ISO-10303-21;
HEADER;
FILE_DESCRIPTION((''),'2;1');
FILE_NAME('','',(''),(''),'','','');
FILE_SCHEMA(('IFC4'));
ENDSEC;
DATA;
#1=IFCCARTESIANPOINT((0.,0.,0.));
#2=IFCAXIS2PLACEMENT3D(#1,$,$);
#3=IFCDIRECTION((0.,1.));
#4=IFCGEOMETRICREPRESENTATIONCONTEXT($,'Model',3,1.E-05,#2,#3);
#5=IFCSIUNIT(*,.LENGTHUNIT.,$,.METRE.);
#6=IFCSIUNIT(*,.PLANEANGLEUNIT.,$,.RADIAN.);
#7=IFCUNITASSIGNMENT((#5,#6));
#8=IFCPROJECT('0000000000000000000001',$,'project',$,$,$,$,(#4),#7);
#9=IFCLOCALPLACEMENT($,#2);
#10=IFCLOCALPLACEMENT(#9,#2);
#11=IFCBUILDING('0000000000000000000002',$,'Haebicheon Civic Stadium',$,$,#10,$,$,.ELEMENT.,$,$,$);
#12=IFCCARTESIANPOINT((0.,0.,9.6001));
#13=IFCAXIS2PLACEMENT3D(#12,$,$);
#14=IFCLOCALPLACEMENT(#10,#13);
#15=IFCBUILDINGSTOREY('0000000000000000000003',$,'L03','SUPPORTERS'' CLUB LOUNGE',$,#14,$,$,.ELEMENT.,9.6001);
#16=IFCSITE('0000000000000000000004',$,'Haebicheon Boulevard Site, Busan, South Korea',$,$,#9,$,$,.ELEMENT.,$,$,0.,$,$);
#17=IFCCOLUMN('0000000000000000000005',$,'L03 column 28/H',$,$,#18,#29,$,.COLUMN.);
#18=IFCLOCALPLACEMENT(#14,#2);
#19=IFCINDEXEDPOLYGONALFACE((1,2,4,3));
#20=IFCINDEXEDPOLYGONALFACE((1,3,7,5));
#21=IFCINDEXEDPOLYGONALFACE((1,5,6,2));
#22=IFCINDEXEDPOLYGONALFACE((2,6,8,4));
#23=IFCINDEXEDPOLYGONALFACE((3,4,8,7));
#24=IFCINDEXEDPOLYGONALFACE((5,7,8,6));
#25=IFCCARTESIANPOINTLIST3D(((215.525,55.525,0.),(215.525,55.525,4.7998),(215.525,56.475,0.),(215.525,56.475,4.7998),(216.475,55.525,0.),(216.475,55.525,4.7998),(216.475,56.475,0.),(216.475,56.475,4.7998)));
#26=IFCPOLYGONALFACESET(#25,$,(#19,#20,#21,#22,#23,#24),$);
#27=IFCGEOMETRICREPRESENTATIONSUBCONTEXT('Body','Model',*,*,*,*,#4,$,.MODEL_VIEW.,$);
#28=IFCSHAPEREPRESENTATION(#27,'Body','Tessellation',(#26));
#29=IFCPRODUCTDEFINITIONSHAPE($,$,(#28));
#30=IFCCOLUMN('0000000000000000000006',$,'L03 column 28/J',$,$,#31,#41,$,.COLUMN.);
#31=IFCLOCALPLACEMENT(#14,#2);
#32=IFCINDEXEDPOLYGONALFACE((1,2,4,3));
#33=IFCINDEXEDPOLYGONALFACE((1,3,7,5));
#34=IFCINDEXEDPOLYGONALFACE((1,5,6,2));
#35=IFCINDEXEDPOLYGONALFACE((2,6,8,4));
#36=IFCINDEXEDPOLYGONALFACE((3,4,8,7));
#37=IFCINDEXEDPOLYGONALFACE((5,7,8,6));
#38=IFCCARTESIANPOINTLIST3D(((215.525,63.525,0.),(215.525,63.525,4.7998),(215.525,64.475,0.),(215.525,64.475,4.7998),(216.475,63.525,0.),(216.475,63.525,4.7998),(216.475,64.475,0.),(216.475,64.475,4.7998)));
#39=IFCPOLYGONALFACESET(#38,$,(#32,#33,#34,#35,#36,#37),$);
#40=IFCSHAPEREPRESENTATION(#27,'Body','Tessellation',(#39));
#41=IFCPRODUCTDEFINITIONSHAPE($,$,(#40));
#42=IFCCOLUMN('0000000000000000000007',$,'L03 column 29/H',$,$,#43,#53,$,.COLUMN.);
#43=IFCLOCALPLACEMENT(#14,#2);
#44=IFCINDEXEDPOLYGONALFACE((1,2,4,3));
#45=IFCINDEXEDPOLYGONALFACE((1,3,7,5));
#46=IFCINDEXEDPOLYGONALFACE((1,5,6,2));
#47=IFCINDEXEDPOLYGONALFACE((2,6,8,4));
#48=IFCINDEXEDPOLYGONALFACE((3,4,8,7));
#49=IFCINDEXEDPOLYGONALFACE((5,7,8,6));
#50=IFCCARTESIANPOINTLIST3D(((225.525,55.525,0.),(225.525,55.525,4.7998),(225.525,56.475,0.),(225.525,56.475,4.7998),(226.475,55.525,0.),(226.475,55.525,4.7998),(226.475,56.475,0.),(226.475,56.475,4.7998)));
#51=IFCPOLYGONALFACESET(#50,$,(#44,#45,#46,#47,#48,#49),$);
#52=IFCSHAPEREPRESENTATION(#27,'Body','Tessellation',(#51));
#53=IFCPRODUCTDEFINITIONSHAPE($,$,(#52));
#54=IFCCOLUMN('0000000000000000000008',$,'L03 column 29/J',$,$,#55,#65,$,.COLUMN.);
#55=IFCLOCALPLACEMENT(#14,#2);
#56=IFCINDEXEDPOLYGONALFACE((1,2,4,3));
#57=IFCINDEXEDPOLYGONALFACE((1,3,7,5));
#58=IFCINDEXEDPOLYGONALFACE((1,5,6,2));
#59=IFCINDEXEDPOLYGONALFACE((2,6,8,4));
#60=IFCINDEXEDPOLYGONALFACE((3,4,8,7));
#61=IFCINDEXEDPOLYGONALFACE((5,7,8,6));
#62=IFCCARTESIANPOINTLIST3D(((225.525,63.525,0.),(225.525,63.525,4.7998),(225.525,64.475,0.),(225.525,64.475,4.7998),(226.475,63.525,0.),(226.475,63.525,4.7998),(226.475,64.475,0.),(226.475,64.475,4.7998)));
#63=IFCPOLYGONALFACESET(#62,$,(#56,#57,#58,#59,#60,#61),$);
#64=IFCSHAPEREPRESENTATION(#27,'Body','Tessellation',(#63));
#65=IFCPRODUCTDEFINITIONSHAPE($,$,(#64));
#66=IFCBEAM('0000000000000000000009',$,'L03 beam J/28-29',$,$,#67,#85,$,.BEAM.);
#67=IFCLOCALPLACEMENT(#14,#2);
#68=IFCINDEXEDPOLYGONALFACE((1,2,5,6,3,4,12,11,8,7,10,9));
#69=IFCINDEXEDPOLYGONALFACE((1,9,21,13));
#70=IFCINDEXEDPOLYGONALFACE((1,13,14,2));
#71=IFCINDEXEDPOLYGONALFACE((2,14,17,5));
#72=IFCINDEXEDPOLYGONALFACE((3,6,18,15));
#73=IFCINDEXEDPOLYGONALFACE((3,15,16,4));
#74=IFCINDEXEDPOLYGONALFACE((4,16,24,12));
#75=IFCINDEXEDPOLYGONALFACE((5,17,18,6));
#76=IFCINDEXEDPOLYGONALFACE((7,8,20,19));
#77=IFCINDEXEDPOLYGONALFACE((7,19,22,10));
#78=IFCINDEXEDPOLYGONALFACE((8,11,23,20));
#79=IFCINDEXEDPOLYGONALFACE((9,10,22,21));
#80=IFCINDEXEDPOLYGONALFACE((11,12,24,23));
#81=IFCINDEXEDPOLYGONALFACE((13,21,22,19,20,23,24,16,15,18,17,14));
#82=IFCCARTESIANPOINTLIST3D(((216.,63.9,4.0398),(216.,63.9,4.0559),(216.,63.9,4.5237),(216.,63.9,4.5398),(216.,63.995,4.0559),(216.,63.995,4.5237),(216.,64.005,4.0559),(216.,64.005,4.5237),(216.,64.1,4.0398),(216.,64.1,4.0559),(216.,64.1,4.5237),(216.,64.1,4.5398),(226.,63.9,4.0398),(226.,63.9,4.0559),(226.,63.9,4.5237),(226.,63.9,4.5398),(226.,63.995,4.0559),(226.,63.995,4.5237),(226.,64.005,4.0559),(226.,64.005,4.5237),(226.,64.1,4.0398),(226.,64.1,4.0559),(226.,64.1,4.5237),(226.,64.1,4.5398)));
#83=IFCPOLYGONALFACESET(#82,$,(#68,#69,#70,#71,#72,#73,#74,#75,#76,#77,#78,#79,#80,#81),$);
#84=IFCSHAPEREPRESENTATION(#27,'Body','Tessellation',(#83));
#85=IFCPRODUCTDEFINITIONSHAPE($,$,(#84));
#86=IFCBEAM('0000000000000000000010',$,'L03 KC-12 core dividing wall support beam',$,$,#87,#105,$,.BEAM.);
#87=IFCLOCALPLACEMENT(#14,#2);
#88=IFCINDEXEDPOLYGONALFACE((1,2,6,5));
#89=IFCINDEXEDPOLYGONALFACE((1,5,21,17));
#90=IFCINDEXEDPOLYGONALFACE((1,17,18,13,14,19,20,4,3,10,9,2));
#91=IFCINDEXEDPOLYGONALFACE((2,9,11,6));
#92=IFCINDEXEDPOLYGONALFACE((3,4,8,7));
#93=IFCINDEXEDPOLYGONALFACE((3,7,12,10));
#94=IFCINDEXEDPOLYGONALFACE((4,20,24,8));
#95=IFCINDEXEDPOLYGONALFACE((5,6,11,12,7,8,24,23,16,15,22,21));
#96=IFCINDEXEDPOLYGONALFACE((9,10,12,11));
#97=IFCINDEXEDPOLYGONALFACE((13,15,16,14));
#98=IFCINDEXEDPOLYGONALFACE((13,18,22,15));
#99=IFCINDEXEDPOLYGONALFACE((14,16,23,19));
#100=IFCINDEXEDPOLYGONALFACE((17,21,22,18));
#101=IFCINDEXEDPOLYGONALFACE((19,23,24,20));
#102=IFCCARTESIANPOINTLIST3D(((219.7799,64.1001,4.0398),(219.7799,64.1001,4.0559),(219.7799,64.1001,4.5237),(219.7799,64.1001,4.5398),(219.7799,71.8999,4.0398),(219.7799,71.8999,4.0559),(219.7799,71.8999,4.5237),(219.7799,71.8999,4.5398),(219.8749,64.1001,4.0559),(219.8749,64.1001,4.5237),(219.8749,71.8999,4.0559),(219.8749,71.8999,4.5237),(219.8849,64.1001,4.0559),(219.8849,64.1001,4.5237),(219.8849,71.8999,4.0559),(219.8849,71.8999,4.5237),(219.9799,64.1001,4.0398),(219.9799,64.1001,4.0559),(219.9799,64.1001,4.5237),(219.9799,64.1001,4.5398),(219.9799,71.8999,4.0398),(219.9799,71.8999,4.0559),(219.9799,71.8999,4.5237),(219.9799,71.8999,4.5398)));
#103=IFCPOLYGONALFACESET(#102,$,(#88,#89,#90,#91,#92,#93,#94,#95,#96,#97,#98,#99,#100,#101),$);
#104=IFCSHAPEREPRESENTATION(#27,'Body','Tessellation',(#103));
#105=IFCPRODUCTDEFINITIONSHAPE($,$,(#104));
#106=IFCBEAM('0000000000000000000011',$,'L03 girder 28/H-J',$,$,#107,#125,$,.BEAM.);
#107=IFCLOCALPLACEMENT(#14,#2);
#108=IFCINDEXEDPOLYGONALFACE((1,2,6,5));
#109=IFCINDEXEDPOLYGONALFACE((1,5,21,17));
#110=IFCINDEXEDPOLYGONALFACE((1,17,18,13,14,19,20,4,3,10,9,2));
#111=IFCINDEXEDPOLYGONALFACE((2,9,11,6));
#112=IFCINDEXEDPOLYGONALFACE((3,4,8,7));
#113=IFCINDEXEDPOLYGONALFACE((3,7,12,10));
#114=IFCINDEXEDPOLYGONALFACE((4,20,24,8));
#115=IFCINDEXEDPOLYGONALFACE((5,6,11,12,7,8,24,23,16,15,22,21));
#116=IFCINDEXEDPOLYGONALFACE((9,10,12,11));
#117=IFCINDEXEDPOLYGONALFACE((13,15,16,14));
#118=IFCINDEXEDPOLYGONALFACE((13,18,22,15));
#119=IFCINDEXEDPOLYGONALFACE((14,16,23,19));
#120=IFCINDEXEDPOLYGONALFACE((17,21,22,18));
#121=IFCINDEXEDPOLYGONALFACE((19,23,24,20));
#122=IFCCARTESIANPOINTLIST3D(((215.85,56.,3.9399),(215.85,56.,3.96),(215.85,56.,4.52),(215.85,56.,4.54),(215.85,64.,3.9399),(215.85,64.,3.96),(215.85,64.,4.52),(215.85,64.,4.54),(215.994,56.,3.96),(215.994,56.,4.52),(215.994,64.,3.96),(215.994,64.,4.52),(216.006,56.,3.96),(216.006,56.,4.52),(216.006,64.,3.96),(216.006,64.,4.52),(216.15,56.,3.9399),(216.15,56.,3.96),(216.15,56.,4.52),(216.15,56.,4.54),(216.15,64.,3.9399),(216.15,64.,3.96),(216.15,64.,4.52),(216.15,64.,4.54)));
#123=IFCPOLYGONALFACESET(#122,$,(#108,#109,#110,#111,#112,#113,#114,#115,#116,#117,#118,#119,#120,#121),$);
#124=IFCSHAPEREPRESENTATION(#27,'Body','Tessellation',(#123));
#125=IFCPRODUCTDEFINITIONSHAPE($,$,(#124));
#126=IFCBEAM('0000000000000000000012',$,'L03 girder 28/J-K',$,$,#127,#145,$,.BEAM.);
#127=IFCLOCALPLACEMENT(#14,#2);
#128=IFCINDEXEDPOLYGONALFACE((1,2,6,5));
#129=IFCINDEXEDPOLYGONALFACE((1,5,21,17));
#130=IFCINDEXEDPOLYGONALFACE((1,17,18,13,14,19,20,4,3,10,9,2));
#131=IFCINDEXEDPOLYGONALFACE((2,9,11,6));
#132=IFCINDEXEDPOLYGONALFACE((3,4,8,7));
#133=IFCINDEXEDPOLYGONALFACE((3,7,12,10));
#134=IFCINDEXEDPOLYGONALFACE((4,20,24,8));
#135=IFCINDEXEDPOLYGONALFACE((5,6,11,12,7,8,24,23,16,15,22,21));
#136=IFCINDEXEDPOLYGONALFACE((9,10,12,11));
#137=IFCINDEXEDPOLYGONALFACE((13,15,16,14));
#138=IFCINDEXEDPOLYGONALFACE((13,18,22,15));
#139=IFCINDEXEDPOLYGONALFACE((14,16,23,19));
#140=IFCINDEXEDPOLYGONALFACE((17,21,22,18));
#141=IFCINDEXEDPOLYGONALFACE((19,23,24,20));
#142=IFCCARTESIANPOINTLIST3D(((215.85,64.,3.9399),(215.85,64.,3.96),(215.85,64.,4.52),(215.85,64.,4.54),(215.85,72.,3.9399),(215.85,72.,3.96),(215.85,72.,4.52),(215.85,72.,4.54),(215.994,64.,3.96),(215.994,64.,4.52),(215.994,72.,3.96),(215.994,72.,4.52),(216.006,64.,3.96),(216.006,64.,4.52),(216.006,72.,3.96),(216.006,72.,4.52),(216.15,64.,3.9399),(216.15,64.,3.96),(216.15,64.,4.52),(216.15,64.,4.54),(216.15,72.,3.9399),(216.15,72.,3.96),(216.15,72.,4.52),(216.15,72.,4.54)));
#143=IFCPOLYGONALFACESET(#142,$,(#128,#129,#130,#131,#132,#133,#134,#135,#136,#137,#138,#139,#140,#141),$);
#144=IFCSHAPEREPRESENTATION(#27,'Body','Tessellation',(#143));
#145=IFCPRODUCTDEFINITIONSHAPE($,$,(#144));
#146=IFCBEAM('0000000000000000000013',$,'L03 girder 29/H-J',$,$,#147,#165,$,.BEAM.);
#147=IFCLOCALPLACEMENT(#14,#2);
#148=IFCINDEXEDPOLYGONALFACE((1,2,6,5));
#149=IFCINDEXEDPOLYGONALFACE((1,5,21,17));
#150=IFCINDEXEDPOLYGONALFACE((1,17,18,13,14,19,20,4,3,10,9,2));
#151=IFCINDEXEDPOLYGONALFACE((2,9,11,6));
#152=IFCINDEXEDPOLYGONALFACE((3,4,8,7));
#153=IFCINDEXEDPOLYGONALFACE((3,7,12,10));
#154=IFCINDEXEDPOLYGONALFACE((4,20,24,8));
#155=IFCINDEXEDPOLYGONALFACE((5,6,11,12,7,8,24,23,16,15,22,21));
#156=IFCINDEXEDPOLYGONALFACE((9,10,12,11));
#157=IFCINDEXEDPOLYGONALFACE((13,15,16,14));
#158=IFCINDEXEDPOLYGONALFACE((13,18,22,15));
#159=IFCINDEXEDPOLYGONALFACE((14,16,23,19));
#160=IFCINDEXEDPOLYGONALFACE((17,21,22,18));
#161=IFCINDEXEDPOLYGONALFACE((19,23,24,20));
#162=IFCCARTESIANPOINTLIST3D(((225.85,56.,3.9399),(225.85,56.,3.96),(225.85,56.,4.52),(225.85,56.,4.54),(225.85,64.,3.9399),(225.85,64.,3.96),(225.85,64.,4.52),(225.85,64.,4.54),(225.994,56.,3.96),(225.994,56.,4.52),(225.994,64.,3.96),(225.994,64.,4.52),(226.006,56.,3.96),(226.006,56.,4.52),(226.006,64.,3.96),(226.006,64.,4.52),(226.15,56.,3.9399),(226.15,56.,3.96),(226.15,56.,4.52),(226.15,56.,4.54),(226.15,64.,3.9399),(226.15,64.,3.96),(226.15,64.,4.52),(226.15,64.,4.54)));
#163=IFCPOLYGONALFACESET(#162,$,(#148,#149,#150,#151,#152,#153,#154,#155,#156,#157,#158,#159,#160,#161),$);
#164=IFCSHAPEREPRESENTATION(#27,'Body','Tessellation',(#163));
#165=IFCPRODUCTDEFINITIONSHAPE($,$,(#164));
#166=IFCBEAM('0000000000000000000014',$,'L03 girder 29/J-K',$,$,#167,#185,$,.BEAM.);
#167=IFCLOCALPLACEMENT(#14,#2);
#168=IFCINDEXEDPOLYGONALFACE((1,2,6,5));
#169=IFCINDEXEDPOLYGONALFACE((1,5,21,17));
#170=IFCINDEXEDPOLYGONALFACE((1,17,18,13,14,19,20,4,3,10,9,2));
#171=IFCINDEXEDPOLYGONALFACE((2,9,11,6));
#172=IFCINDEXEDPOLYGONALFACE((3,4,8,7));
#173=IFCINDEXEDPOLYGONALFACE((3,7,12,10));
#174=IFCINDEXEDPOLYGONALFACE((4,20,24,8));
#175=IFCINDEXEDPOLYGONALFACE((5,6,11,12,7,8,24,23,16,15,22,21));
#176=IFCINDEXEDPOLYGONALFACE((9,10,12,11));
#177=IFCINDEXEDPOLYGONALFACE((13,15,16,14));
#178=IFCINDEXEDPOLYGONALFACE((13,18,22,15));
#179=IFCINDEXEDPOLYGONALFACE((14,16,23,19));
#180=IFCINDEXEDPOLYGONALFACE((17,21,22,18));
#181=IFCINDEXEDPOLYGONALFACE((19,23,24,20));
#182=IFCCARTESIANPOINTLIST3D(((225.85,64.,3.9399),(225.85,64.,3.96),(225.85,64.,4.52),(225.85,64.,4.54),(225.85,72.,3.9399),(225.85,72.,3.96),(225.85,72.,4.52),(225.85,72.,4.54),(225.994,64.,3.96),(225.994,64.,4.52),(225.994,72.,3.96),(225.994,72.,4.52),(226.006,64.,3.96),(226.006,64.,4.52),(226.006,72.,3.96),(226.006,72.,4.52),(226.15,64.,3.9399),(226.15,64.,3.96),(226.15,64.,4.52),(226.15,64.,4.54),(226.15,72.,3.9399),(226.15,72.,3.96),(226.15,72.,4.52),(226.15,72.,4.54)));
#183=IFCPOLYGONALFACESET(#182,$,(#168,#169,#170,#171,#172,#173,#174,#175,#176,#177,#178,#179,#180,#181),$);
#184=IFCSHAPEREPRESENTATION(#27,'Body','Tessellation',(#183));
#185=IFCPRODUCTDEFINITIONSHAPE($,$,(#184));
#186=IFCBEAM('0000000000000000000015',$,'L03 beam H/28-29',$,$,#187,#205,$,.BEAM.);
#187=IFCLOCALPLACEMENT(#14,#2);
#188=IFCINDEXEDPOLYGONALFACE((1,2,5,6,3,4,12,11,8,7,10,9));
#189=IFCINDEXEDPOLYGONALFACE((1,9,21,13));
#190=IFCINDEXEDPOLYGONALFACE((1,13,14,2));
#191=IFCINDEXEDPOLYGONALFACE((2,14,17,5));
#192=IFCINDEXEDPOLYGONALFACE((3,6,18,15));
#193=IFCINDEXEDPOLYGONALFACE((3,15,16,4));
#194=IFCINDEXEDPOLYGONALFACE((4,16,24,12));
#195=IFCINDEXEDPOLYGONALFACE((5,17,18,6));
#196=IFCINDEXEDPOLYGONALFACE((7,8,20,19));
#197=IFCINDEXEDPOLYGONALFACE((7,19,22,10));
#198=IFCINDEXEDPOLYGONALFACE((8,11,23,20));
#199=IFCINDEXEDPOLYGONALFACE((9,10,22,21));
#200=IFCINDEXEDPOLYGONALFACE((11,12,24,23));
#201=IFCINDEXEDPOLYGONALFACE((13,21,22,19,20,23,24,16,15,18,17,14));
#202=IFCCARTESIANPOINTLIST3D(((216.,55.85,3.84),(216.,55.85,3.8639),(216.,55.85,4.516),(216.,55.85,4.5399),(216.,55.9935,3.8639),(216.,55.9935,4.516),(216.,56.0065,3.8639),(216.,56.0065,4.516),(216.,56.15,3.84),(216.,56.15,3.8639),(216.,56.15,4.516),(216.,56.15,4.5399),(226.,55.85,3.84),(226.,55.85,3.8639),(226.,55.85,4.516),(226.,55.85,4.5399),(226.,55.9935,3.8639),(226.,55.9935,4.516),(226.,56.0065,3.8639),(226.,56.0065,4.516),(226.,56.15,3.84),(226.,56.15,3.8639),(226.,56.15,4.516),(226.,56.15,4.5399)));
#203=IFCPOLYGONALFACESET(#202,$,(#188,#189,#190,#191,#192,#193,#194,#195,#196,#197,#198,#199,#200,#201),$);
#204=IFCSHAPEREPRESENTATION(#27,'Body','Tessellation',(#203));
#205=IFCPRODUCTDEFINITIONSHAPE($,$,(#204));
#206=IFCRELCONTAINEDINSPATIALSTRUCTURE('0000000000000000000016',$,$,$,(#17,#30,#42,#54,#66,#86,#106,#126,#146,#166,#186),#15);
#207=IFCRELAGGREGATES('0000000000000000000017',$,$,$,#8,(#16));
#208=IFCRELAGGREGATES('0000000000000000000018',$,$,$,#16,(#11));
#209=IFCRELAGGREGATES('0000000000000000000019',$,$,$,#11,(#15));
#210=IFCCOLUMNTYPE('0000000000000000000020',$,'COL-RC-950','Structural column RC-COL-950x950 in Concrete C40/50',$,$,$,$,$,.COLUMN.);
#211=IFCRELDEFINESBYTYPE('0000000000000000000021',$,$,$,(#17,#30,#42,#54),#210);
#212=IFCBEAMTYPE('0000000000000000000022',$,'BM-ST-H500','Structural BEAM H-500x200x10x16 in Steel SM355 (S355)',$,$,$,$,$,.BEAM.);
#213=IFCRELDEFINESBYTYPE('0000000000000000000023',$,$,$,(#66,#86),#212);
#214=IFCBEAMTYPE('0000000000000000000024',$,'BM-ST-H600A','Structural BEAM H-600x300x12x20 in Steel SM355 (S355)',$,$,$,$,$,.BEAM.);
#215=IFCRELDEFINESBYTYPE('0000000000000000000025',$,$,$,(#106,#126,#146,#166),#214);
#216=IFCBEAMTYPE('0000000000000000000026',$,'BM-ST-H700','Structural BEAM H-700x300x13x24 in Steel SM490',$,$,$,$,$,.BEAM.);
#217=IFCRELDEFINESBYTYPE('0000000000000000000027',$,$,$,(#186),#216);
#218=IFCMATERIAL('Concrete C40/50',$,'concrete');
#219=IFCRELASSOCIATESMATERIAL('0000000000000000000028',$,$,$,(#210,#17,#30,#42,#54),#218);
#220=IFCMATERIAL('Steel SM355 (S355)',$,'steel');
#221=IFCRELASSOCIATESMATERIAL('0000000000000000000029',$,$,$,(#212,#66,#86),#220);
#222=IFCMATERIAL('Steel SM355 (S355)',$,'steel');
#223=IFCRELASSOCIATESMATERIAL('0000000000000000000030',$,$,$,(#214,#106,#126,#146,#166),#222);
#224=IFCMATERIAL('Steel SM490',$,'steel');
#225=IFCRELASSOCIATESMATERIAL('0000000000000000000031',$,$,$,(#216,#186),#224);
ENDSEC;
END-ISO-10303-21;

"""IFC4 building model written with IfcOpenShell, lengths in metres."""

from ifc_helpers import new_model, si_unit, direction, frame, origin, origin_2d, place, context, subcontext, project, spatial, rectangle, i_section, extrude, material, material_profile, profile_set, type_object, element, save


model = new_model("IFC4")

# Units and contexts
model_context = context("Model", 3, precision=1e-05, world=origin(), true_north=direction((0.0, 1.0)))
body_context = subcontext(model_context, "Body", "Model", "MODEL_VIEW")
ifc_project = project(units=[si_unit("LENGTHUNIT", "METRE"), si_unit("PLANEANGLEUNIT", "RADIAN")], contexts=[model_context])

# Site, building, storey
site_placement = place(None, origin())
site = spatial("IfcSite", under=ifc_project, at=site_placement, Name="Haebicheon Boulevard Site, Busan, South Korea", CompositionType="ELEMENT", RefElevation=0.0)
building_placement = place(site_placement, origin())
building = spatial("IfcBuilding", under=site, at=building_placement, Name="Haebicheon Civic Stadium", CompositionType="ELEMENT")
storey_placement = place(building_placement, frame((0.0, 0.0, 9.6001)))
storey = spatial("IfcBuildingStorey", under=building, at=storey_placement, Name="L03", Description="SUPPORTERS' CLUB LOUNGE", CompositionType="ELEMENT", Elevation=9.6001)

# Columns
ifc_material_1 = material(Name="Concrete C40/50", Category="concrete")
ifc_material_profile_1 = material_profile(ifc_material_1, rectangle(XDim=0.95, YDim=0.95, at=origin_2d()), Name="RC-COL-950x950")
ifc_profile_set_1 = profile_set([ifc_material_profile_1], Name="Concrete C40/50")
column_type = type_object("IfcColumnType", Name="COL-RC-950", Description="Structural column RC-COL-950x950 in Concrete C40/50", PredefinedType="COLUMN", material=ifc_profile_set_1)
for number, where, z_axis, x_axis, name in (
    (1, (216.0, 56.0, 0.0), (0.0, 0.0, 1.0), (1.0, 0.0, 0.0), "L03 column 28/H"),
    (2, (216.0, 64.0, 0.0), (0.0, 0.0, 1.0), (1.0, 0.0, 0.0), "L03 column 28/J"),
    (3, (226.0, 56.0, 0.0), (0.0, 0.0, 1.0), (1.0, 0.0, 0.0), "L03 column 29/H"),
    (4, (226.0, 64.0, 0.0), (0.0, 0.0, 1.0), (1.0, 0.0, 0.0), "L03 column 29/J"),
):
    element("IfcColumn", number, at=place(storey_placement, frame(where, z_axis=z_axis, x_axis=x_axis)), inside=storey, type_object=column_type, material=ifc_profile_set_1, Name=name, PredefinedType="COLUMN", context=body_context, shape_type="SweptSolid", body=[
        extrude(rectangle(XDim=0.95, YDim=0.95, at=origin_2d()), origin(), (0.0, 0.0, 1.0), 4.7998),
    ])

# Beams
ifc_material_2 = material(Name="Steel SM355 (S355)", Category="steel")
ifc_material_profile_2 = material_profile(ifc_material_2, i_section(OverallWidth=0.2, OverallDepth=0.5, WebThickness=0.01, FlangeThickness=0.0161, at=origin_2d()), Name="H-500x200x10x16")
ifc_profile_set_2 = profile_set([ifc_material_profile_2], Name="Steel SM355 (S355)")
beam_type_1 = type_object("IfcBeamType", Name="BM-ST-H500", Description="Structural BEAM H-500x200x10x16 in Steel SM355 (S355)", PredefinedType="BEAM", material=ifc_profile_set_2)
beam_1_placement = place(storey_placement, frame((216.0, 64.0, 4.2898), z_axis=(1.0, 0.0, 0.0), x_axis=(0.0, 1.0, 0.0)))
element("IfcBeam", 5, at=beam_1_placement, inside=storey, type_object=beam_type_1, material=ifc_profile_set_2, Name="L03 beam J/28-29", PredefinedType="BEAM", context=body_context, shape_type="SweptSolid", body=[
    extrude(i_section(OverallWidth=0.2, OverallDepth=0.5, WebThickness=0.01, FlangeThickness=0.0161, at=origin_2d()), origin(), (0.0, 0.0, 1.0), 10.0),
])
beam_2_placement = place(storey_placement, frame((219.8799, 64.1001, 4.2898), z_axis=(0.0, 1.0, 0.0), x_axis=(-1.0, 0.0, 0.0)))
element("IfcBeam", 6, at=beam_2_placement, inside=storey, type_object=beam_type_1, material=ifc_profile_set_2, Name="L03 KC-12 core dividing wall support beam", PredefinedType="BEAM", context=body_context, shape_type="SweptSolid", body=[
    extrude(i_section(OverallWidth=0.2, OverallDepth=0.5, WebThickness=0.01, FlangeThickness=0.0161, at=origin_2d()), origin(), (0.0, 0.0, 1.0), 7.7998),
])
ifc_material_3 = material(Name="Steel SM355 (S355)", Category="steel")
ifc_material_profile_3 = material_profile(ifc_material_3, i_section(OverallWidth=0.3, OverallDepth=0.6001, WebThickness=0.012, FlangeThickness=0.02, at=origin_2d()), Name="H-600x300x12x20")
ifc_profile_set_3 = profile_set([ifc_material_profile_3], Name="Steel SM355 (S355)")
beam_type_2 = type_object("IfcBeamType", Name="BM-ST-H600A", Description="Structural BEAM H-600x300x12x20 in Steel SM355 (S355)", PredefinedType="BEAM", material=ifc_profile_set_3)
for number, where, z_axis, x_axis, name in (
    (7, (216.0, 56.0, 4.24), (0.0, 1.0, 0.0), (-1.0, 0.0, 0.0), "L03 girder 28/H-J"),
    (8, (216.0, 64.0, 4.24), (0.0, 1.0, 0.0), (-1.0, 0.0, 0.0), "L03 girder 28/J-K"),
    (9, (226.0, 56.0, 4.24), (0.0, 1.0, 0.0), (-1.0, 0.0, 0.0), "L03 girder 29/H-J"),
    (10, (226.0, 64.0, 4.24), (0.0, 1.0, 0.0), (-1.0, 0.0, 0.0), "L03 girder 29/J-K"),
):
    element("IfcBeam", number, at=place(storey_placement, frame(where, z_axis=z_axis, x_axis=x_axis)), inside=storey, type_object=beam_type_2, material=ifc_profile_set_3, Name=name, PredefinedType="BEAM", context=body_context, shape_type="SweptSolid", body=[
        extrude(i_section(OverallWidth=0.3, OverallDepth=0.6001, WebThickness=0.012, FlangeThickness=0.02, at=origin_2d()), origin(), (0.0, 0.0, 1.0), 8.0),
    ])
ifc_material_4 = material(Name="Steel SM490", Category="steel")
ifc_material_profile_4 = material_profile(ifc_material_4, i_section(OverallWidth=0.3, OverallDepth=0.7, WebThickness=0.0129, FlangeThickness=0.0239, at=origin_2d()), Name="H-700x300x13x24")
ifc_profile_set_4 = profile_set([ifc_material_profile_4], Name="Steel SM490")
beam_type_3 = type_object("IfcBeamType", Name="BM-ST-H700", Description="Structural BEAM H-700x300x13x24 in Steel SM490", PredefinedType="BEAM", material=ifc_profile_set_4)
for number, where, z_axis, x_axis, name in (
    (11, (216.0, 56.0, 4.1899), (1.0, 0.0, 0.0), (0.0, 1.0, 0.0), "L03 beam H/28-29"),
):
    element("IfcBeam", number, at=place(storey_placement, frame(where, z_axis=z_axis, x_axis=x_axis)), inside=storey, type_object=beam_type_3, material=ifc_profile_set_4, Name=name, PredefinedType="BEAM", context=body_context, shape_type="SweptSolid", body=[
        extrude(i_section(OverallWidth=0.3, OverallDepth=0.7, WebThickness=0.0129, FlangeThickness=0.0239, at=origin_2d()), origin(), (0.0, 0.0, 1.0), 10.0),
    ])

save(model, "model.ifc")
